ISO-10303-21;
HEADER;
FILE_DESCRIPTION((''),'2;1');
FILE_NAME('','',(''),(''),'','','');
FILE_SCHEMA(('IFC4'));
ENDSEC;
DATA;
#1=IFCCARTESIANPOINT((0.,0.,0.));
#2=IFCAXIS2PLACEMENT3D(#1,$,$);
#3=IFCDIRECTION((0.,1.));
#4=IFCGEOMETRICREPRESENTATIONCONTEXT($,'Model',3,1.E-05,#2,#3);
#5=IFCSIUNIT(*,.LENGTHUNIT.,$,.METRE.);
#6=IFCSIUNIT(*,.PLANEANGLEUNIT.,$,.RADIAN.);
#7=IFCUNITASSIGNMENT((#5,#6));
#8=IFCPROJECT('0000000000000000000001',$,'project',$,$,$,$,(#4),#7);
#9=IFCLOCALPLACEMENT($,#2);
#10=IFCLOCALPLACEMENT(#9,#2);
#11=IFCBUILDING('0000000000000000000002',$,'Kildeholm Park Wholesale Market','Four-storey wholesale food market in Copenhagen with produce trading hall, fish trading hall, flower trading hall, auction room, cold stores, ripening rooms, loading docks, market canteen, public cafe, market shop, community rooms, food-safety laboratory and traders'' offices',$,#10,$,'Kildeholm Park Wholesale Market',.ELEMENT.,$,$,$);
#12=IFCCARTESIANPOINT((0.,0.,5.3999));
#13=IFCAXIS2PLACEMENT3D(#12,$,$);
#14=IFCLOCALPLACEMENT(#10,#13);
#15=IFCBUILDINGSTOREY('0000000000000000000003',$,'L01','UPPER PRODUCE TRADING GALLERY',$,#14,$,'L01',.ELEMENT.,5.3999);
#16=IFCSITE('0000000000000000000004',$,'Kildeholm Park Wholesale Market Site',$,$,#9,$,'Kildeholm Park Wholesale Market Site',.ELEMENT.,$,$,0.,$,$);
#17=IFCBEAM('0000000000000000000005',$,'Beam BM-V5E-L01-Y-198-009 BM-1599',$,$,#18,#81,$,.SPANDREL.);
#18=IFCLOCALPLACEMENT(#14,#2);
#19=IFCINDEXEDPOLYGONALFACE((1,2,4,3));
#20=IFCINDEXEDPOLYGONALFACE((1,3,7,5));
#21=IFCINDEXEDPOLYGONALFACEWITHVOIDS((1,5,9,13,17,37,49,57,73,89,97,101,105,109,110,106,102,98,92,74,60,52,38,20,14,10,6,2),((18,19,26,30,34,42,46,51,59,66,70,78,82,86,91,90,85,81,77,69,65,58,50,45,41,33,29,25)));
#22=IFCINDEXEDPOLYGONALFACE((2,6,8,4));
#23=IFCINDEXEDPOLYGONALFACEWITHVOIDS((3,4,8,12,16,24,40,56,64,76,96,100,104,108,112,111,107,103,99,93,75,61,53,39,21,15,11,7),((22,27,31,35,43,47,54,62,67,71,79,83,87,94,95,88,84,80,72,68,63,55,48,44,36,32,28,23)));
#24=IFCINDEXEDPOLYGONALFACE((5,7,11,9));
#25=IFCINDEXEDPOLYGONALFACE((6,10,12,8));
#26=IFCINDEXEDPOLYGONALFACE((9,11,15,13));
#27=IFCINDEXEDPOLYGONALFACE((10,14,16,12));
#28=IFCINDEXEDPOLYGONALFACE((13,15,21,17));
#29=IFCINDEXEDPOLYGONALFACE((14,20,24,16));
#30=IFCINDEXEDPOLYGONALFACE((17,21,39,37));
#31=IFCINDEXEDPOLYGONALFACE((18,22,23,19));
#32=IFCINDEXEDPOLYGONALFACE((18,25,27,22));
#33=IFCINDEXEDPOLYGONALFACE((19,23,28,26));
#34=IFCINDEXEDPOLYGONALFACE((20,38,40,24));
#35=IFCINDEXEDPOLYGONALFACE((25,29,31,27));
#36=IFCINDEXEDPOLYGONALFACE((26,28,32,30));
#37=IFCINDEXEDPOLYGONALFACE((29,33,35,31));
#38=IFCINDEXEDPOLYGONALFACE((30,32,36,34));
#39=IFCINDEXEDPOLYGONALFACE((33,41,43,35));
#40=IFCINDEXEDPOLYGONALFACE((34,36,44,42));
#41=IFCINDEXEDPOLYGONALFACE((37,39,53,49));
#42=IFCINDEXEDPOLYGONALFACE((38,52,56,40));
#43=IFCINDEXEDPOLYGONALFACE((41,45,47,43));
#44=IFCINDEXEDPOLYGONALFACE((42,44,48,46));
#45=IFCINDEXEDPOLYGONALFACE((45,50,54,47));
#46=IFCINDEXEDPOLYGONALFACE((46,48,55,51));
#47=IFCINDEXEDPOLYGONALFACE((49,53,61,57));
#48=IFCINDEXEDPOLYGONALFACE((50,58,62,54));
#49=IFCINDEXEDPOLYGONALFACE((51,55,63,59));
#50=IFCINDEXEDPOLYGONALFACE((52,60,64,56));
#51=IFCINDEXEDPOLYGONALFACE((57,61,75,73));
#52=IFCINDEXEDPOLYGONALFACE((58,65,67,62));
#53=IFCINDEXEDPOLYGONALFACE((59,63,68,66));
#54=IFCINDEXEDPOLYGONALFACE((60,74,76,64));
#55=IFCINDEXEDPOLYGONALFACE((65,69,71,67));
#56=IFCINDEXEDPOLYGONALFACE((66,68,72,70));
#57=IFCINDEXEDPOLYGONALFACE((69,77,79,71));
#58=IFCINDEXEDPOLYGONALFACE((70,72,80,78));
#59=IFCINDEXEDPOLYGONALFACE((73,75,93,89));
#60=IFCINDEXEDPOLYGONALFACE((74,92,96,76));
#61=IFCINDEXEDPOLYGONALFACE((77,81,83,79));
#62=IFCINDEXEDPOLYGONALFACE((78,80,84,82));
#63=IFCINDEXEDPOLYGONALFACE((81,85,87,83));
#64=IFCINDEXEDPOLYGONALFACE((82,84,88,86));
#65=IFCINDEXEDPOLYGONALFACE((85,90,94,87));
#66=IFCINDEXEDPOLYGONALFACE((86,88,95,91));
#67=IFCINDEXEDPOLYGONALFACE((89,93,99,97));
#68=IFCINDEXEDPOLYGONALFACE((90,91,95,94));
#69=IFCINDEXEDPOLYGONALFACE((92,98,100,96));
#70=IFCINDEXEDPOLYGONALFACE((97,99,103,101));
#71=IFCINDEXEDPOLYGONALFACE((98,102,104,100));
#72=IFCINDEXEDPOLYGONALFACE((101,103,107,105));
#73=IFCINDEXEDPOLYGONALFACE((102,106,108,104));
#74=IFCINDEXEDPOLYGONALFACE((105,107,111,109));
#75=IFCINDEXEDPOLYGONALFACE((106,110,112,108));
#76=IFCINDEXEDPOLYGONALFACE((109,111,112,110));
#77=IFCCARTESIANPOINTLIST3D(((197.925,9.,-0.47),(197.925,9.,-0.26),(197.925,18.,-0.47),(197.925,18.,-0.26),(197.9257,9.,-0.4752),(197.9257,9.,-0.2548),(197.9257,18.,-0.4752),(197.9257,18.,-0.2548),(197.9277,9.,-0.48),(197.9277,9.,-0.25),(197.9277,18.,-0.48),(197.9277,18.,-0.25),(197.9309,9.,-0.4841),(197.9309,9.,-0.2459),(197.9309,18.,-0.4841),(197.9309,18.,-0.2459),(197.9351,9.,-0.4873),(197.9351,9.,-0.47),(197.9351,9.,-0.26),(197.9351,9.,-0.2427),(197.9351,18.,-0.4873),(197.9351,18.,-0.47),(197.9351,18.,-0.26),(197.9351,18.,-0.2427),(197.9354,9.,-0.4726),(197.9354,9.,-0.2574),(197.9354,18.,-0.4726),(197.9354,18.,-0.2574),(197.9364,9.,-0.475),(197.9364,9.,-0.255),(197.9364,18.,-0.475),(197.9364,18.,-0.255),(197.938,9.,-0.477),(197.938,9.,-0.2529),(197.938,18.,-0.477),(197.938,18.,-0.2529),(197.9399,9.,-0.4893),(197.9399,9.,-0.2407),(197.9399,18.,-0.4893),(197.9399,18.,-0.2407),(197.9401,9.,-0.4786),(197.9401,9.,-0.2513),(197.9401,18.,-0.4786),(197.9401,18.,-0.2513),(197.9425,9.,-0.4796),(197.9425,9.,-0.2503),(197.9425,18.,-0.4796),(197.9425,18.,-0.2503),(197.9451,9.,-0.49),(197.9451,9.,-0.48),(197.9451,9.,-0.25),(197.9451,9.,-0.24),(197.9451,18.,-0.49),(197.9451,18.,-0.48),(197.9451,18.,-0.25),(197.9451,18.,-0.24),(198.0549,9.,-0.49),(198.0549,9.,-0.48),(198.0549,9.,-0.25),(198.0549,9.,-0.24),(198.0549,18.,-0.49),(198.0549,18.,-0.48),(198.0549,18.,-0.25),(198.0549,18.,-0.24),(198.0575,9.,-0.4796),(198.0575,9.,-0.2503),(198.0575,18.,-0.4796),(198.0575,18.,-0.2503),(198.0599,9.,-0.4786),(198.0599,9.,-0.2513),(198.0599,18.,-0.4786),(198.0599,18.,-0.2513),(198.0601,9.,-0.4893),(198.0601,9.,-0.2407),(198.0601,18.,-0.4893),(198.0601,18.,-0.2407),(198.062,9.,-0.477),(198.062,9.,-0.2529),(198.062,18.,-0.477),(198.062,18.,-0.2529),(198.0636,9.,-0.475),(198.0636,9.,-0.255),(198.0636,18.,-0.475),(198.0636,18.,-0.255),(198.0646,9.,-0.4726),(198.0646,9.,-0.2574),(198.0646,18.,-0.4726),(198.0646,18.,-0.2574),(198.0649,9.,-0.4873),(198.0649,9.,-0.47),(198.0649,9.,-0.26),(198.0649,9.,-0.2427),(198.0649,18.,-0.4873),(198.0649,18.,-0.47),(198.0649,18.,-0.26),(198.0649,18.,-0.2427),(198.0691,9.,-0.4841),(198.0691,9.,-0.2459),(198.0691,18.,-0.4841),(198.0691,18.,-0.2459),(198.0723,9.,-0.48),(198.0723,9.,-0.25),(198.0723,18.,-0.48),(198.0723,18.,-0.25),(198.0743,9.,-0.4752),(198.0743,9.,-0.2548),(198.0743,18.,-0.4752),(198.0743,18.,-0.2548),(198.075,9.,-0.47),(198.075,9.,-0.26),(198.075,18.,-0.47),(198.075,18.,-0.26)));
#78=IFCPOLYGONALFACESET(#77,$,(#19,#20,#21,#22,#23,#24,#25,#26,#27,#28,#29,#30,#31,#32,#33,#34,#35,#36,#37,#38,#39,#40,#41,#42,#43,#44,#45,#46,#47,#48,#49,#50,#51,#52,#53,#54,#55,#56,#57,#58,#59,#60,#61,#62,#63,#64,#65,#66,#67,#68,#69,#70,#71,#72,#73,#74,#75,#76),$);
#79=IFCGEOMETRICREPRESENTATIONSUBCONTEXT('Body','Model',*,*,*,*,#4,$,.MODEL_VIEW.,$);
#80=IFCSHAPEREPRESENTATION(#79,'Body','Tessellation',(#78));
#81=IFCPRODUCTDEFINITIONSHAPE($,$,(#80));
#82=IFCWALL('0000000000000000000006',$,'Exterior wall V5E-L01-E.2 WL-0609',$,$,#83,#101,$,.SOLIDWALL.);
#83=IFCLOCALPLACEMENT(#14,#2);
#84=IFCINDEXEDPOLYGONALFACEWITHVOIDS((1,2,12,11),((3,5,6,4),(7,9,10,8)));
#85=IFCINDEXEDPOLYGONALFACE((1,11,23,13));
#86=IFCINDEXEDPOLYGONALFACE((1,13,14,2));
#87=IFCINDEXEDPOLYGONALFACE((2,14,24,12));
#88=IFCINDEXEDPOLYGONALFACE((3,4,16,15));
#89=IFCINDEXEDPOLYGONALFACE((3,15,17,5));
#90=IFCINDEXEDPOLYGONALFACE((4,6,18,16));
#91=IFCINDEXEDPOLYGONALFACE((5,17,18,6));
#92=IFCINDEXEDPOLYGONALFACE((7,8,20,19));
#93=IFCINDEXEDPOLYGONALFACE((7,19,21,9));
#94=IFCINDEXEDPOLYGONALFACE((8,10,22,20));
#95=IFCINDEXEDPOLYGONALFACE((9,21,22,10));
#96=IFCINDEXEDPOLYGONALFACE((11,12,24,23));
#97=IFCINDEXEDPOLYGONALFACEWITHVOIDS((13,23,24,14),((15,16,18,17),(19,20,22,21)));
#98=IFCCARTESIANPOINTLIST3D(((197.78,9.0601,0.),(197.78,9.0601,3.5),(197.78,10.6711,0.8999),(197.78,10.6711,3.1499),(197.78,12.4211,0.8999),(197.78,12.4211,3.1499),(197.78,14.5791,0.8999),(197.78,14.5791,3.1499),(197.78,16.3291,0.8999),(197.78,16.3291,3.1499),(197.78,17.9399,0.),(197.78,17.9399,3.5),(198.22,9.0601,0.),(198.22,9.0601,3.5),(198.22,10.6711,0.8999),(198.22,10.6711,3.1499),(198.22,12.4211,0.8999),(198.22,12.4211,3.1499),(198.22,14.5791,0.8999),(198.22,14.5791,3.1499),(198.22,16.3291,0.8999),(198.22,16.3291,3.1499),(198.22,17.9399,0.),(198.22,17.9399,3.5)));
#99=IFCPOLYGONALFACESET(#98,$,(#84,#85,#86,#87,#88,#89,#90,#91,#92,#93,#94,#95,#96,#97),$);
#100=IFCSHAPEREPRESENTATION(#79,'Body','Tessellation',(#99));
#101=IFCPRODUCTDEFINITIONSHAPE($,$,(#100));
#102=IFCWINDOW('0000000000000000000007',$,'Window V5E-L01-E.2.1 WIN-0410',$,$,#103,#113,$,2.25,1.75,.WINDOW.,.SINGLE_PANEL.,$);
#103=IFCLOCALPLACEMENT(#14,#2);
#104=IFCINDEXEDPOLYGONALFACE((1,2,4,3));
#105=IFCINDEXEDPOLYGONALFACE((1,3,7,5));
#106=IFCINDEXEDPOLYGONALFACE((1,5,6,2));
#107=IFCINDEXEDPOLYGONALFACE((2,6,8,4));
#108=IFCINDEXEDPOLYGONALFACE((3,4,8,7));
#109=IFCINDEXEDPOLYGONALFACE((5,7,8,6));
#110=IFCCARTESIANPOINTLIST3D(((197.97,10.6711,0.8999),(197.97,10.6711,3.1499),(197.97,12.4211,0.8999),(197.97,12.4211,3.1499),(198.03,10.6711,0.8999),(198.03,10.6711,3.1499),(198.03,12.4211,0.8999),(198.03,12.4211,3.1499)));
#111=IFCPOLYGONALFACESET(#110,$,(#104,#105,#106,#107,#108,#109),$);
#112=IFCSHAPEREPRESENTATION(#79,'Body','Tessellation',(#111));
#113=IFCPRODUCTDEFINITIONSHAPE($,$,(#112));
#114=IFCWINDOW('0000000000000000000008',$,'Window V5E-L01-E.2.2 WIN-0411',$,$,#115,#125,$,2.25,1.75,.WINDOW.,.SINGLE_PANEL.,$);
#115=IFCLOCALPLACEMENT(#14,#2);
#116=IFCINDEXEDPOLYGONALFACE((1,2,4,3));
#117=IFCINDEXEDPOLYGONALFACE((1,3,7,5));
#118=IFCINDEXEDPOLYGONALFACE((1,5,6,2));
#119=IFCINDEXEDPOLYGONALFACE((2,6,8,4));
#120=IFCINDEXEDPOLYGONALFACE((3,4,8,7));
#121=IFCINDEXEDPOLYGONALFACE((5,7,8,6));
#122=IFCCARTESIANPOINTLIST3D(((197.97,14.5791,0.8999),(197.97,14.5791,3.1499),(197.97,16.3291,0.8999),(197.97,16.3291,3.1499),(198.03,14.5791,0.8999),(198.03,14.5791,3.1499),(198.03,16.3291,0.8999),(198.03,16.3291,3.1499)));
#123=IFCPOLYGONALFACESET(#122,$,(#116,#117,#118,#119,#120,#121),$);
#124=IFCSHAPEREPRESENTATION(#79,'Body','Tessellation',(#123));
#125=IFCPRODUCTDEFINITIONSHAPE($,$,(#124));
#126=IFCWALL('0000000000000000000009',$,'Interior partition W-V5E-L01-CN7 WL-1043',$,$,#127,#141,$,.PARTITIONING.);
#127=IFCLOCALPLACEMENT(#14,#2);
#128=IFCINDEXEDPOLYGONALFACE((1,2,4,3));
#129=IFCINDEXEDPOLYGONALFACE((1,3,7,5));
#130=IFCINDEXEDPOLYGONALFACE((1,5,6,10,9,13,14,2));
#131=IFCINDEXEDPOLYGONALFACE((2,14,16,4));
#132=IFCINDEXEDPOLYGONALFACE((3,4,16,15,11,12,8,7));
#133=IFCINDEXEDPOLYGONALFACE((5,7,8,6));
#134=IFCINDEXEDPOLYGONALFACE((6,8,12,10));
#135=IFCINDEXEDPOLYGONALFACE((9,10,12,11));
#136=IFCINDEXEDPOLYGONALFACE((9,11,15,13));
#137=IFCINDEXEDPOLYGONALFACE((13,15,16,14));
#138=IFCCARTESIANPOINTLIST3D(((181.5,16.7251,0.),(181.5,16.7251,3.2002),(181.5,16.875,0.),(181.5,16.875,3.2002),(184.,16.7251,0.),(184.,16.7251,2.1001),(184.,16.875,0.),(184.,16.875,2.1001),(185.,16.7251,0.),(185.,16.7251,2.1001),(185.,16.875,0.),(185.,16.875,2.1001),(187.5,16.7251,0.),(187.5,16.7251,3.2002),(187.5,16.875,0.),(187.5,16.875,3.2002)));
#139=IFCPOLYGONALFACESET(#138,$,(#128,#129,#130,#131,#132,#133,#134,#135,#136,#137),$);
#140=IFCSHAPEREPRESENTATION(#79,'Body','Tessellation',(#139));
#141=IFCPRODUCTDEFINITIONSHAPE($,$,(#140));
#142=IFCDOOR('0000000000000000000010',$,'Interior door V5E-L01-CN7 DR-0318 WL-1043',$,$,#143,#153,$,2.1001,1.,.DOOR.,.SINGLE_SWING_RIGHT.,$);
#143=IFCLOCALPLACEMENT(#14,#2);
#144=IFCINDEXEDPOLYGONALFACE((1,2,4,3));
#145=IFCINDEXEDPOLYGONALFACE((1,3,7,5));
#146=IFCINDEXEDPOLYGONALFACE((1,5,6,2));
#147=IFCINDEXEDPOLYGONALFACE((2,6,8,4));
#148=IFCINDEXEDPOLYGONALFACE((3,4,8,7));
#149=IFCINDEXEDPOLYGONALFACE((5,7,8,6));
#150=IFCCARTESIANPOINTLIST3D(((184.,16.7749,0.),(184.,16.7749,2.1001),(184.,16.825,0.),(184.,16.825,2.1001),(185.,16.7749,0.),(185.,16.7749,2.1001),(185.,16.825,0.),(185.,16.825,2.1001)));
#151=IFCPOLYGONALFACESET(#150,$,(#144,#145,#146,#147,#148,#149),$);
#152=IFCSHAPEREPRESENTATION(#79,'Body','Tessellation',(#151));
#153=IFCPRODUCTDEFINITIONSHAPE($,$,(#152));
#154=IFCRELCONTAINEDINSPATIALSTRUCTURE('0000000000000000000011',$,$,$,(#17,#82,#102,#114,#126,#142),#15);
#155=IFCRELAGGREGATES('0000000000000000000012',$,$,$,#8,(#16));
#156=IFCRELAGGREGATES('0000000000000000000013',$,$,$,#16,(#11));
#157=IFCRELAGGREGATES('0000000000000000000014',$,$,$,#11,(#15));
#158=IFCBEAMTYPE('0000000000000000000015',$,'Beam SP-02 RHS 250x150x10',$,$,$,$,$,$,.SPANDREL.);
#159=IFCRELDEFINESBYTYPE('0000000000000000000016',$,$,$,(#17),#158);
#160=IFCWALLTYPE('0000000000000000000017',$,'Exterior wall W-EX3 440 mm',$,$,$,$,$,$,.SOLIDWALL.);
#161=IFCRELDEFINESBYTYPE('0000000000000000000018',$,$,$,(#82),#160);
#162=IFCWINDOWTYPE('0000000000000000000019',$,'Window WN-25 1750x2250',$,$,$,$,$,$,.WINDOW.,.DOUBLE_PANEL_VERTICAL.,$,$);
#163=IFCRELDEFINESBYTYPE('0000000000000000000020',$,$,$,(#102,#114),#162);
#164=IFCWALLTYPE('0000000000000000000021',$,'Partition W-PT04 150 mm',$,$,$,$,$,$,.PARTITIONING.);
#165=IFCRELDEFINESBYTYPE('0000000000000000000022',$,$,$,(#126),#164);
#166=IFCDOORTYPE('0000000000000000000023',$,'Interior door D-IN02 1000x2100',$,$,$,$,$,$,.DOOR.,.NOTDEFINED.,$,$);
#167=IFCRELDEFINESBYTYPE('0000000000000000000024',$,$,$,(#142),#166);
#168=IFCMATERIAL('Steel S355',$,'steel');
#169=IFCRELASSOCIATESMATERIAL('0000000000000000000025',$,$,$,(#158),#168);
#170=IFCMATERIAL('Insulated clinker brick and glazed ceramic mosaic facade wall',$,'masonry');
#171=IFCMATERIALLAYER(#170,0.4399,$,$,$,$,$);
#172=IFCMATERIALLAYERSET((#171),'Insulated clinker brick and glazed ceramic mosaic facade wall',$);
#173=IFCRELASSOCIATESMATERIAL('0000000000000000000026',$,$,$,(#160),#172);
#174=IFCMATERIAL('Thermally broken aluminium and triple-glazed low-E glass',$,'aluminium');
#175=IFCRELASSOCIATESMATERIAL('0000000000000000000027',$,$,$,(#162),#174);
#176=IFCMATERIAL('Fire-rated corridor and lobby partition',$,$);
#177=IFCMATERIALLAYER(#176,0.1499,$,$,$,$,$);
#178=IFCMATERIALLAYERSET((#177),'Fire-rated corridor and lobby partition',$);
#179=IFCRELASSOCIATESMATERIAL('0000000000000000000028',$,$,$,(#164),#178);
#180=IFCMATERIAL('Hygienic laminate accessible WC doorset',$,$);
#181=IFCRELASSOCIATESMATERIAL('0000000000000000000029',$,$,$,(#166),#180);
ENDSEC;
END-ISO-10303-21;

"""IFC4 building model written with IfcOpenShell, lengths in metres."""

from ifc_helpers import new_model, si_unit, direction, frame, frame_2d, origin, origin_2d, place, context, subcontext, project, spatial, rectangle, hollow_rectangle, extrude, material, layer, layer_set, material_profile, profile_set, type_object, element, fill, save


model = new_model("IFC4")

# Units and contexts
model_context = context("Model", 3, precision=1e-05, world=origin(), true_north=direction((0.0, 1.0)))
body_context = subcontext(model_context, "Body", "Model", "MODEL_VIEW")
ifc_project = project(units=[si_unit("LENGTHUNIT", "METRE"), si_unit("PLANEANGLEUNIT", "RADIAN")], contexts=[model_context])

# Site, building, storey
site_placement = place(None, origin())
site = spatial("IfcSite", under=ifc_project, at=site_placement, Name="Kildeholm Park Wholesale Market Site", LongName="Kildeholm Park Wholesale Market Site", CompositionType="ELEMENT", RefElevation=0.0)
building_placement = place(site_placement, origin())
building = spatial("IfcBuilding", under=site, at=building_placement, Name="Kildeholm Park Wholesale Market", Description="Four-storey wholesale food market in Copenhagen with produce trading hall, fish trading hall, flower trading hall, auction room, cold stores, ripening rooms, loading docks, market canteen, public cafe, market shop, community rooms, food-safety laboratory and traders' offices", LongName="Kildeholm Park Wholesale Market", CompositionType="ELEMENT")
storey_placement = place(building_placement, frame((0.0, 0.0, 5.3999)))
storey = spatial("IfcBuildingStorey", under=building, at=storey_placement, Name="L01", Description="UPPER PRODUCE TRADING GALLERY", LongName="L01", CompositionType="ELEMENT", Elevation=5.3999)

# Shared definitions
ifc_material_1 = material(Name="Steel S355", Category="steel")

# Beam
ifc_material_profile_1 = material_profile(ifc_material_1, hollow_rectangle(XDim=0.1499, YDim=0.25, WallThickness=0.01, InnerFilletRadius=0.01, OuterFilletRadius=0.02, at=origin_2d()), Name="RHS 250x150x10")
ifc_profile_set_1 = profile_set([ifc_material_profile_1], Name="Steel S355")
beam_type_1 = type_object("IfcBeamType", Name="Beam SP-02 RHS 250x150x10", PredefinedType="SPANDREL", material=ifc_profile_set_1)
beam_1_placement = place(storey_placement, frame((198.0, 9.0, -0.365), z_axis=(0.0, 1.0, 0.0), x_axis=(-1.0, 0.0, 0.0)))
element("IfcBeam", 1, at=beam_1_placement, inside=storey, type_object=beam_type_1, Name="Beam BM-V5E-L01-Y-198-009 BM-1599", PredefinedType="SPANDREL", context=body_context, shape_type="SweptSolid", body=[
    extrude(hollow_rectangle(XDim=0.1499, YDim=0.25, WallThickness=0.01, InnerFilletRadius=0.01, OuterFilletRadius=0.02, at=origin_2d()), origin(), (0.0, 0.0, 1.0), 9.0),
])

# Wall, openings, windows
ifc_material_2 = material(Name="Insulated clinker brick and glazed ceramic mosaic facade wall", Category="masonry")
ifc_layer_1 = layer(ifc_material_2, 0.4399)
ifc_layer_set_1 = layer_set([ifc_layer_1], Name="Insulated clinker brick and glazed ceramic mosaic facade wall")
wall_type_1 = type_object("IfcWallType", Name="Exterior wall W-EX3 440 mm", PredefinedType="SOLIDWALL", material=ifc_layer_set_1)
wall_1_placement = place(storey_placement, frame((198.0, 9.0601, 0.0), z_axis=(0.0, 0.0, 1.0), x_axis=(0.0, 1.0, 0.0)))
wall_1 = element("IfcWall", 2, at=wall_1_placement, inside=storey, type_object=wall_type_1, Name="Exterior wall V5E-L01-E.2 WL-0609", PredefinedType="SOLIDWALL", context=body_context, shape_type="SweptSolid", body=[
    extrude(rectangle(XDim=8.8799, YDim=0.4399, at=frame_2d((4.4399, 0.0))), origin(), (0.0, 0.0, 1.0), 3.5),
])
opening_1_placement = place(wall_1_placement, frame((1.6111, 0.0, 0.8999)))
opening_1 = element("IfcOpeningElement", 3, at=opening_1_placement, cuts=wall_1, PredefinedType="OPENING", context=body_context, shape_type="SweptSolid", body=[
    extrude(rectangle(XDim=1.75, YDim=2.25, at=frame_2d((0.875, 1.125))), frame((0.0, 0.23, 0.0), z_axis=(0.0, -1.0, 0.0), x_axis=(1.0, 0.0, 0.0)), (0.0, 0.0, 1.0), 0.46),
])
opening_2_placement = place(wall_1_placement, frame((5.519, 0.0, 0.8999)))
opening_2 = element("IfcOpeningElement", 4, at=opening_2_placement, cuts=wall_1, PredefinedType="OPENING", context=body_context, shape_type="SweptSolid", body=[
    extrude(rectangle(XDim=1.75, YDim=2.25, at=frame_2d((0.875, 1.125))), frame((0.0, 0.23, 0.0), z_axis=(0.0, -1.0, 0.0), x_axis=(1.0, 0.0, 0.0)), (0.0, 0.0, 1.0), 0.46),
])
ifc_material_3 = material(Name="Thermally broken aluminium and triple-glazed low-E glass", Category="aluminium")
window_type = type_object("IfcWindowType", Name="Window WN-25 1750x2250", PartitioningType="DOUBLE_PANEL_VERTICAL", PredefinedType="WINDOW", material=ifc_material_3)
window_1_placement = place(opening_1_placement, origin())
window_1 = element("IfcWindow", 5, at=window_1_placement, inside=storey, type_object=window_type, Name="Window V5E-L01-E.2.1 WIN-0410", OverallHeight=2.25, OverallWidth=1.75, PartitioningType="SINGLE_PANEL", PredefinedType="WINDOW", context=body_context, shape_type="SweptSolid", body=[
    extrude(rectangle(XDim=1.75, YDim=2.25, at=frame_2d((0.875, 1.125))), frame((0.0, 0.03, 0.0), z_axis=(0.0, -1.0, 0.0), x_axis=(1.0, 0.0, 0.0)), (0.0, 0.0, 1.0), 0.0601),
])
fill(opening_1, window_1)
window_2_placement = place(opening_2_placement, origin())
window_2 = element("IfcWindow", 6, at=window_2_placement, inside=storey, type_object=window_type, Name="Window V5E-L01-E.2.2 WIN-0411", OverallHeight=2.25, OverallWidth=1.75, PartitioningType="SINGLE_PANEL", PredefinedType="WINDOW", context=body_context, shape_type="SweptSolid", body=[
    extrude(rectangle(XDim=1.75, YDim=2.25, at=frame_2d((0.875, 1.125))), frame((0.0, 0.03, 0.0), z_axis=(0.0, -1.0, 0.0), x_axis=(1.0, 0.0, 0.0)), (0.0, 0.0, 1.0), 0.0601),
])
fill(opening_2, window_2)

# Wall, opening, door
ifc_material_4 = material(Name="Fire-rated corridor and lobby partition")
ifc_layer_2 = layer(ifc_material_4, 0.1499)
ifc_layer_set_2 = layer_set([ifc_layer_2], Name="Fire-rated corridor and lobby partition")
wall_type_2 = type_object("IfcWallType", Name="Partition W-PT04 150 mm", PredefinedType="PARTITIONING", material=ifc_layer_set_2)
wall_2_placement = place(storey_placement, frame((181.5, 16.8, 0.0), z_axis=(0.0, 0.0, 1.0), x_axis=(1.0, 0.0, 0.0)))
wall_2 = element("IfcWall", 7, at=wall_2_placement, inside=storey, type_object=wall_type_2, Name="Interior partition W-V5E-L01-CN7 WL-1043", PredefinedType="PARTITIONING", context=body_context, shape_type="SweptSolid", body=[
    extrude(rectangle(XDim=6.0, YDim=0.1499, at=frame_2d((3.0, 0.0))), origin(), (0.0, 0.0, 1.0), 3.2002),
])
opening_3_placement = place(wall_2_placement, frame((2.5, 0.0, 0.0)))
opening_3 = element("IfcOpeningElement", 8, at=opening_3_placement, cuts=wall_2, PredefinedType="OPENING", context=body_context, shape_type="SweptSolid", body=[
    extrude(rectangle(XDim=1.0, YDim=2.1001, at=frame_2d((0.5, 1.05))), frame((0.0, 0.085, 0.0), z_axis=(0.0, -1.0, 0.0), x_axis=(1.0, 0.0, 0.0)), (0.0, 0.0, 1.0), 0.1699),
])
ifc_material_5 = material(Name="Hygienic laminate accessible WC doorset")
door_type_1 = type_object("IfcDoorType", Name="Interior door D-IN02 1000x2100", OperationType="NOTDEFINED", PredefinedType="DOOR", material=ifc_material_5)
door_1_placement = place(opening_3_placement, origin())
door_1 = element("IfcDoor", 9, at=door_1_placement, inside=storey, type_object=door_type_1, Name="Interior door V5E-L01-CN7 DR-0318 WL-1043", OperationType="SINGLE_SWING_RIGHT", OverallHeight=2.1001, OverallWidth=1.0, PredefinedType="DOOR", context=body_context, shape_type="SweptSolid", body=[
    extrude(rectangle(XDim=1.0, YDim=2.1001, at=frame_2d((0.5, 1.05))), frame((0.0, 0.0249, 0.0), z_axis=(0.0, -1.0, 0.0), x_axis=(1.0, 0.0, 0.0)), (0.0, 0.0, 1.0), 0.05),
])
fill(opening_3, door_1)

save(model, "model.ifc")
